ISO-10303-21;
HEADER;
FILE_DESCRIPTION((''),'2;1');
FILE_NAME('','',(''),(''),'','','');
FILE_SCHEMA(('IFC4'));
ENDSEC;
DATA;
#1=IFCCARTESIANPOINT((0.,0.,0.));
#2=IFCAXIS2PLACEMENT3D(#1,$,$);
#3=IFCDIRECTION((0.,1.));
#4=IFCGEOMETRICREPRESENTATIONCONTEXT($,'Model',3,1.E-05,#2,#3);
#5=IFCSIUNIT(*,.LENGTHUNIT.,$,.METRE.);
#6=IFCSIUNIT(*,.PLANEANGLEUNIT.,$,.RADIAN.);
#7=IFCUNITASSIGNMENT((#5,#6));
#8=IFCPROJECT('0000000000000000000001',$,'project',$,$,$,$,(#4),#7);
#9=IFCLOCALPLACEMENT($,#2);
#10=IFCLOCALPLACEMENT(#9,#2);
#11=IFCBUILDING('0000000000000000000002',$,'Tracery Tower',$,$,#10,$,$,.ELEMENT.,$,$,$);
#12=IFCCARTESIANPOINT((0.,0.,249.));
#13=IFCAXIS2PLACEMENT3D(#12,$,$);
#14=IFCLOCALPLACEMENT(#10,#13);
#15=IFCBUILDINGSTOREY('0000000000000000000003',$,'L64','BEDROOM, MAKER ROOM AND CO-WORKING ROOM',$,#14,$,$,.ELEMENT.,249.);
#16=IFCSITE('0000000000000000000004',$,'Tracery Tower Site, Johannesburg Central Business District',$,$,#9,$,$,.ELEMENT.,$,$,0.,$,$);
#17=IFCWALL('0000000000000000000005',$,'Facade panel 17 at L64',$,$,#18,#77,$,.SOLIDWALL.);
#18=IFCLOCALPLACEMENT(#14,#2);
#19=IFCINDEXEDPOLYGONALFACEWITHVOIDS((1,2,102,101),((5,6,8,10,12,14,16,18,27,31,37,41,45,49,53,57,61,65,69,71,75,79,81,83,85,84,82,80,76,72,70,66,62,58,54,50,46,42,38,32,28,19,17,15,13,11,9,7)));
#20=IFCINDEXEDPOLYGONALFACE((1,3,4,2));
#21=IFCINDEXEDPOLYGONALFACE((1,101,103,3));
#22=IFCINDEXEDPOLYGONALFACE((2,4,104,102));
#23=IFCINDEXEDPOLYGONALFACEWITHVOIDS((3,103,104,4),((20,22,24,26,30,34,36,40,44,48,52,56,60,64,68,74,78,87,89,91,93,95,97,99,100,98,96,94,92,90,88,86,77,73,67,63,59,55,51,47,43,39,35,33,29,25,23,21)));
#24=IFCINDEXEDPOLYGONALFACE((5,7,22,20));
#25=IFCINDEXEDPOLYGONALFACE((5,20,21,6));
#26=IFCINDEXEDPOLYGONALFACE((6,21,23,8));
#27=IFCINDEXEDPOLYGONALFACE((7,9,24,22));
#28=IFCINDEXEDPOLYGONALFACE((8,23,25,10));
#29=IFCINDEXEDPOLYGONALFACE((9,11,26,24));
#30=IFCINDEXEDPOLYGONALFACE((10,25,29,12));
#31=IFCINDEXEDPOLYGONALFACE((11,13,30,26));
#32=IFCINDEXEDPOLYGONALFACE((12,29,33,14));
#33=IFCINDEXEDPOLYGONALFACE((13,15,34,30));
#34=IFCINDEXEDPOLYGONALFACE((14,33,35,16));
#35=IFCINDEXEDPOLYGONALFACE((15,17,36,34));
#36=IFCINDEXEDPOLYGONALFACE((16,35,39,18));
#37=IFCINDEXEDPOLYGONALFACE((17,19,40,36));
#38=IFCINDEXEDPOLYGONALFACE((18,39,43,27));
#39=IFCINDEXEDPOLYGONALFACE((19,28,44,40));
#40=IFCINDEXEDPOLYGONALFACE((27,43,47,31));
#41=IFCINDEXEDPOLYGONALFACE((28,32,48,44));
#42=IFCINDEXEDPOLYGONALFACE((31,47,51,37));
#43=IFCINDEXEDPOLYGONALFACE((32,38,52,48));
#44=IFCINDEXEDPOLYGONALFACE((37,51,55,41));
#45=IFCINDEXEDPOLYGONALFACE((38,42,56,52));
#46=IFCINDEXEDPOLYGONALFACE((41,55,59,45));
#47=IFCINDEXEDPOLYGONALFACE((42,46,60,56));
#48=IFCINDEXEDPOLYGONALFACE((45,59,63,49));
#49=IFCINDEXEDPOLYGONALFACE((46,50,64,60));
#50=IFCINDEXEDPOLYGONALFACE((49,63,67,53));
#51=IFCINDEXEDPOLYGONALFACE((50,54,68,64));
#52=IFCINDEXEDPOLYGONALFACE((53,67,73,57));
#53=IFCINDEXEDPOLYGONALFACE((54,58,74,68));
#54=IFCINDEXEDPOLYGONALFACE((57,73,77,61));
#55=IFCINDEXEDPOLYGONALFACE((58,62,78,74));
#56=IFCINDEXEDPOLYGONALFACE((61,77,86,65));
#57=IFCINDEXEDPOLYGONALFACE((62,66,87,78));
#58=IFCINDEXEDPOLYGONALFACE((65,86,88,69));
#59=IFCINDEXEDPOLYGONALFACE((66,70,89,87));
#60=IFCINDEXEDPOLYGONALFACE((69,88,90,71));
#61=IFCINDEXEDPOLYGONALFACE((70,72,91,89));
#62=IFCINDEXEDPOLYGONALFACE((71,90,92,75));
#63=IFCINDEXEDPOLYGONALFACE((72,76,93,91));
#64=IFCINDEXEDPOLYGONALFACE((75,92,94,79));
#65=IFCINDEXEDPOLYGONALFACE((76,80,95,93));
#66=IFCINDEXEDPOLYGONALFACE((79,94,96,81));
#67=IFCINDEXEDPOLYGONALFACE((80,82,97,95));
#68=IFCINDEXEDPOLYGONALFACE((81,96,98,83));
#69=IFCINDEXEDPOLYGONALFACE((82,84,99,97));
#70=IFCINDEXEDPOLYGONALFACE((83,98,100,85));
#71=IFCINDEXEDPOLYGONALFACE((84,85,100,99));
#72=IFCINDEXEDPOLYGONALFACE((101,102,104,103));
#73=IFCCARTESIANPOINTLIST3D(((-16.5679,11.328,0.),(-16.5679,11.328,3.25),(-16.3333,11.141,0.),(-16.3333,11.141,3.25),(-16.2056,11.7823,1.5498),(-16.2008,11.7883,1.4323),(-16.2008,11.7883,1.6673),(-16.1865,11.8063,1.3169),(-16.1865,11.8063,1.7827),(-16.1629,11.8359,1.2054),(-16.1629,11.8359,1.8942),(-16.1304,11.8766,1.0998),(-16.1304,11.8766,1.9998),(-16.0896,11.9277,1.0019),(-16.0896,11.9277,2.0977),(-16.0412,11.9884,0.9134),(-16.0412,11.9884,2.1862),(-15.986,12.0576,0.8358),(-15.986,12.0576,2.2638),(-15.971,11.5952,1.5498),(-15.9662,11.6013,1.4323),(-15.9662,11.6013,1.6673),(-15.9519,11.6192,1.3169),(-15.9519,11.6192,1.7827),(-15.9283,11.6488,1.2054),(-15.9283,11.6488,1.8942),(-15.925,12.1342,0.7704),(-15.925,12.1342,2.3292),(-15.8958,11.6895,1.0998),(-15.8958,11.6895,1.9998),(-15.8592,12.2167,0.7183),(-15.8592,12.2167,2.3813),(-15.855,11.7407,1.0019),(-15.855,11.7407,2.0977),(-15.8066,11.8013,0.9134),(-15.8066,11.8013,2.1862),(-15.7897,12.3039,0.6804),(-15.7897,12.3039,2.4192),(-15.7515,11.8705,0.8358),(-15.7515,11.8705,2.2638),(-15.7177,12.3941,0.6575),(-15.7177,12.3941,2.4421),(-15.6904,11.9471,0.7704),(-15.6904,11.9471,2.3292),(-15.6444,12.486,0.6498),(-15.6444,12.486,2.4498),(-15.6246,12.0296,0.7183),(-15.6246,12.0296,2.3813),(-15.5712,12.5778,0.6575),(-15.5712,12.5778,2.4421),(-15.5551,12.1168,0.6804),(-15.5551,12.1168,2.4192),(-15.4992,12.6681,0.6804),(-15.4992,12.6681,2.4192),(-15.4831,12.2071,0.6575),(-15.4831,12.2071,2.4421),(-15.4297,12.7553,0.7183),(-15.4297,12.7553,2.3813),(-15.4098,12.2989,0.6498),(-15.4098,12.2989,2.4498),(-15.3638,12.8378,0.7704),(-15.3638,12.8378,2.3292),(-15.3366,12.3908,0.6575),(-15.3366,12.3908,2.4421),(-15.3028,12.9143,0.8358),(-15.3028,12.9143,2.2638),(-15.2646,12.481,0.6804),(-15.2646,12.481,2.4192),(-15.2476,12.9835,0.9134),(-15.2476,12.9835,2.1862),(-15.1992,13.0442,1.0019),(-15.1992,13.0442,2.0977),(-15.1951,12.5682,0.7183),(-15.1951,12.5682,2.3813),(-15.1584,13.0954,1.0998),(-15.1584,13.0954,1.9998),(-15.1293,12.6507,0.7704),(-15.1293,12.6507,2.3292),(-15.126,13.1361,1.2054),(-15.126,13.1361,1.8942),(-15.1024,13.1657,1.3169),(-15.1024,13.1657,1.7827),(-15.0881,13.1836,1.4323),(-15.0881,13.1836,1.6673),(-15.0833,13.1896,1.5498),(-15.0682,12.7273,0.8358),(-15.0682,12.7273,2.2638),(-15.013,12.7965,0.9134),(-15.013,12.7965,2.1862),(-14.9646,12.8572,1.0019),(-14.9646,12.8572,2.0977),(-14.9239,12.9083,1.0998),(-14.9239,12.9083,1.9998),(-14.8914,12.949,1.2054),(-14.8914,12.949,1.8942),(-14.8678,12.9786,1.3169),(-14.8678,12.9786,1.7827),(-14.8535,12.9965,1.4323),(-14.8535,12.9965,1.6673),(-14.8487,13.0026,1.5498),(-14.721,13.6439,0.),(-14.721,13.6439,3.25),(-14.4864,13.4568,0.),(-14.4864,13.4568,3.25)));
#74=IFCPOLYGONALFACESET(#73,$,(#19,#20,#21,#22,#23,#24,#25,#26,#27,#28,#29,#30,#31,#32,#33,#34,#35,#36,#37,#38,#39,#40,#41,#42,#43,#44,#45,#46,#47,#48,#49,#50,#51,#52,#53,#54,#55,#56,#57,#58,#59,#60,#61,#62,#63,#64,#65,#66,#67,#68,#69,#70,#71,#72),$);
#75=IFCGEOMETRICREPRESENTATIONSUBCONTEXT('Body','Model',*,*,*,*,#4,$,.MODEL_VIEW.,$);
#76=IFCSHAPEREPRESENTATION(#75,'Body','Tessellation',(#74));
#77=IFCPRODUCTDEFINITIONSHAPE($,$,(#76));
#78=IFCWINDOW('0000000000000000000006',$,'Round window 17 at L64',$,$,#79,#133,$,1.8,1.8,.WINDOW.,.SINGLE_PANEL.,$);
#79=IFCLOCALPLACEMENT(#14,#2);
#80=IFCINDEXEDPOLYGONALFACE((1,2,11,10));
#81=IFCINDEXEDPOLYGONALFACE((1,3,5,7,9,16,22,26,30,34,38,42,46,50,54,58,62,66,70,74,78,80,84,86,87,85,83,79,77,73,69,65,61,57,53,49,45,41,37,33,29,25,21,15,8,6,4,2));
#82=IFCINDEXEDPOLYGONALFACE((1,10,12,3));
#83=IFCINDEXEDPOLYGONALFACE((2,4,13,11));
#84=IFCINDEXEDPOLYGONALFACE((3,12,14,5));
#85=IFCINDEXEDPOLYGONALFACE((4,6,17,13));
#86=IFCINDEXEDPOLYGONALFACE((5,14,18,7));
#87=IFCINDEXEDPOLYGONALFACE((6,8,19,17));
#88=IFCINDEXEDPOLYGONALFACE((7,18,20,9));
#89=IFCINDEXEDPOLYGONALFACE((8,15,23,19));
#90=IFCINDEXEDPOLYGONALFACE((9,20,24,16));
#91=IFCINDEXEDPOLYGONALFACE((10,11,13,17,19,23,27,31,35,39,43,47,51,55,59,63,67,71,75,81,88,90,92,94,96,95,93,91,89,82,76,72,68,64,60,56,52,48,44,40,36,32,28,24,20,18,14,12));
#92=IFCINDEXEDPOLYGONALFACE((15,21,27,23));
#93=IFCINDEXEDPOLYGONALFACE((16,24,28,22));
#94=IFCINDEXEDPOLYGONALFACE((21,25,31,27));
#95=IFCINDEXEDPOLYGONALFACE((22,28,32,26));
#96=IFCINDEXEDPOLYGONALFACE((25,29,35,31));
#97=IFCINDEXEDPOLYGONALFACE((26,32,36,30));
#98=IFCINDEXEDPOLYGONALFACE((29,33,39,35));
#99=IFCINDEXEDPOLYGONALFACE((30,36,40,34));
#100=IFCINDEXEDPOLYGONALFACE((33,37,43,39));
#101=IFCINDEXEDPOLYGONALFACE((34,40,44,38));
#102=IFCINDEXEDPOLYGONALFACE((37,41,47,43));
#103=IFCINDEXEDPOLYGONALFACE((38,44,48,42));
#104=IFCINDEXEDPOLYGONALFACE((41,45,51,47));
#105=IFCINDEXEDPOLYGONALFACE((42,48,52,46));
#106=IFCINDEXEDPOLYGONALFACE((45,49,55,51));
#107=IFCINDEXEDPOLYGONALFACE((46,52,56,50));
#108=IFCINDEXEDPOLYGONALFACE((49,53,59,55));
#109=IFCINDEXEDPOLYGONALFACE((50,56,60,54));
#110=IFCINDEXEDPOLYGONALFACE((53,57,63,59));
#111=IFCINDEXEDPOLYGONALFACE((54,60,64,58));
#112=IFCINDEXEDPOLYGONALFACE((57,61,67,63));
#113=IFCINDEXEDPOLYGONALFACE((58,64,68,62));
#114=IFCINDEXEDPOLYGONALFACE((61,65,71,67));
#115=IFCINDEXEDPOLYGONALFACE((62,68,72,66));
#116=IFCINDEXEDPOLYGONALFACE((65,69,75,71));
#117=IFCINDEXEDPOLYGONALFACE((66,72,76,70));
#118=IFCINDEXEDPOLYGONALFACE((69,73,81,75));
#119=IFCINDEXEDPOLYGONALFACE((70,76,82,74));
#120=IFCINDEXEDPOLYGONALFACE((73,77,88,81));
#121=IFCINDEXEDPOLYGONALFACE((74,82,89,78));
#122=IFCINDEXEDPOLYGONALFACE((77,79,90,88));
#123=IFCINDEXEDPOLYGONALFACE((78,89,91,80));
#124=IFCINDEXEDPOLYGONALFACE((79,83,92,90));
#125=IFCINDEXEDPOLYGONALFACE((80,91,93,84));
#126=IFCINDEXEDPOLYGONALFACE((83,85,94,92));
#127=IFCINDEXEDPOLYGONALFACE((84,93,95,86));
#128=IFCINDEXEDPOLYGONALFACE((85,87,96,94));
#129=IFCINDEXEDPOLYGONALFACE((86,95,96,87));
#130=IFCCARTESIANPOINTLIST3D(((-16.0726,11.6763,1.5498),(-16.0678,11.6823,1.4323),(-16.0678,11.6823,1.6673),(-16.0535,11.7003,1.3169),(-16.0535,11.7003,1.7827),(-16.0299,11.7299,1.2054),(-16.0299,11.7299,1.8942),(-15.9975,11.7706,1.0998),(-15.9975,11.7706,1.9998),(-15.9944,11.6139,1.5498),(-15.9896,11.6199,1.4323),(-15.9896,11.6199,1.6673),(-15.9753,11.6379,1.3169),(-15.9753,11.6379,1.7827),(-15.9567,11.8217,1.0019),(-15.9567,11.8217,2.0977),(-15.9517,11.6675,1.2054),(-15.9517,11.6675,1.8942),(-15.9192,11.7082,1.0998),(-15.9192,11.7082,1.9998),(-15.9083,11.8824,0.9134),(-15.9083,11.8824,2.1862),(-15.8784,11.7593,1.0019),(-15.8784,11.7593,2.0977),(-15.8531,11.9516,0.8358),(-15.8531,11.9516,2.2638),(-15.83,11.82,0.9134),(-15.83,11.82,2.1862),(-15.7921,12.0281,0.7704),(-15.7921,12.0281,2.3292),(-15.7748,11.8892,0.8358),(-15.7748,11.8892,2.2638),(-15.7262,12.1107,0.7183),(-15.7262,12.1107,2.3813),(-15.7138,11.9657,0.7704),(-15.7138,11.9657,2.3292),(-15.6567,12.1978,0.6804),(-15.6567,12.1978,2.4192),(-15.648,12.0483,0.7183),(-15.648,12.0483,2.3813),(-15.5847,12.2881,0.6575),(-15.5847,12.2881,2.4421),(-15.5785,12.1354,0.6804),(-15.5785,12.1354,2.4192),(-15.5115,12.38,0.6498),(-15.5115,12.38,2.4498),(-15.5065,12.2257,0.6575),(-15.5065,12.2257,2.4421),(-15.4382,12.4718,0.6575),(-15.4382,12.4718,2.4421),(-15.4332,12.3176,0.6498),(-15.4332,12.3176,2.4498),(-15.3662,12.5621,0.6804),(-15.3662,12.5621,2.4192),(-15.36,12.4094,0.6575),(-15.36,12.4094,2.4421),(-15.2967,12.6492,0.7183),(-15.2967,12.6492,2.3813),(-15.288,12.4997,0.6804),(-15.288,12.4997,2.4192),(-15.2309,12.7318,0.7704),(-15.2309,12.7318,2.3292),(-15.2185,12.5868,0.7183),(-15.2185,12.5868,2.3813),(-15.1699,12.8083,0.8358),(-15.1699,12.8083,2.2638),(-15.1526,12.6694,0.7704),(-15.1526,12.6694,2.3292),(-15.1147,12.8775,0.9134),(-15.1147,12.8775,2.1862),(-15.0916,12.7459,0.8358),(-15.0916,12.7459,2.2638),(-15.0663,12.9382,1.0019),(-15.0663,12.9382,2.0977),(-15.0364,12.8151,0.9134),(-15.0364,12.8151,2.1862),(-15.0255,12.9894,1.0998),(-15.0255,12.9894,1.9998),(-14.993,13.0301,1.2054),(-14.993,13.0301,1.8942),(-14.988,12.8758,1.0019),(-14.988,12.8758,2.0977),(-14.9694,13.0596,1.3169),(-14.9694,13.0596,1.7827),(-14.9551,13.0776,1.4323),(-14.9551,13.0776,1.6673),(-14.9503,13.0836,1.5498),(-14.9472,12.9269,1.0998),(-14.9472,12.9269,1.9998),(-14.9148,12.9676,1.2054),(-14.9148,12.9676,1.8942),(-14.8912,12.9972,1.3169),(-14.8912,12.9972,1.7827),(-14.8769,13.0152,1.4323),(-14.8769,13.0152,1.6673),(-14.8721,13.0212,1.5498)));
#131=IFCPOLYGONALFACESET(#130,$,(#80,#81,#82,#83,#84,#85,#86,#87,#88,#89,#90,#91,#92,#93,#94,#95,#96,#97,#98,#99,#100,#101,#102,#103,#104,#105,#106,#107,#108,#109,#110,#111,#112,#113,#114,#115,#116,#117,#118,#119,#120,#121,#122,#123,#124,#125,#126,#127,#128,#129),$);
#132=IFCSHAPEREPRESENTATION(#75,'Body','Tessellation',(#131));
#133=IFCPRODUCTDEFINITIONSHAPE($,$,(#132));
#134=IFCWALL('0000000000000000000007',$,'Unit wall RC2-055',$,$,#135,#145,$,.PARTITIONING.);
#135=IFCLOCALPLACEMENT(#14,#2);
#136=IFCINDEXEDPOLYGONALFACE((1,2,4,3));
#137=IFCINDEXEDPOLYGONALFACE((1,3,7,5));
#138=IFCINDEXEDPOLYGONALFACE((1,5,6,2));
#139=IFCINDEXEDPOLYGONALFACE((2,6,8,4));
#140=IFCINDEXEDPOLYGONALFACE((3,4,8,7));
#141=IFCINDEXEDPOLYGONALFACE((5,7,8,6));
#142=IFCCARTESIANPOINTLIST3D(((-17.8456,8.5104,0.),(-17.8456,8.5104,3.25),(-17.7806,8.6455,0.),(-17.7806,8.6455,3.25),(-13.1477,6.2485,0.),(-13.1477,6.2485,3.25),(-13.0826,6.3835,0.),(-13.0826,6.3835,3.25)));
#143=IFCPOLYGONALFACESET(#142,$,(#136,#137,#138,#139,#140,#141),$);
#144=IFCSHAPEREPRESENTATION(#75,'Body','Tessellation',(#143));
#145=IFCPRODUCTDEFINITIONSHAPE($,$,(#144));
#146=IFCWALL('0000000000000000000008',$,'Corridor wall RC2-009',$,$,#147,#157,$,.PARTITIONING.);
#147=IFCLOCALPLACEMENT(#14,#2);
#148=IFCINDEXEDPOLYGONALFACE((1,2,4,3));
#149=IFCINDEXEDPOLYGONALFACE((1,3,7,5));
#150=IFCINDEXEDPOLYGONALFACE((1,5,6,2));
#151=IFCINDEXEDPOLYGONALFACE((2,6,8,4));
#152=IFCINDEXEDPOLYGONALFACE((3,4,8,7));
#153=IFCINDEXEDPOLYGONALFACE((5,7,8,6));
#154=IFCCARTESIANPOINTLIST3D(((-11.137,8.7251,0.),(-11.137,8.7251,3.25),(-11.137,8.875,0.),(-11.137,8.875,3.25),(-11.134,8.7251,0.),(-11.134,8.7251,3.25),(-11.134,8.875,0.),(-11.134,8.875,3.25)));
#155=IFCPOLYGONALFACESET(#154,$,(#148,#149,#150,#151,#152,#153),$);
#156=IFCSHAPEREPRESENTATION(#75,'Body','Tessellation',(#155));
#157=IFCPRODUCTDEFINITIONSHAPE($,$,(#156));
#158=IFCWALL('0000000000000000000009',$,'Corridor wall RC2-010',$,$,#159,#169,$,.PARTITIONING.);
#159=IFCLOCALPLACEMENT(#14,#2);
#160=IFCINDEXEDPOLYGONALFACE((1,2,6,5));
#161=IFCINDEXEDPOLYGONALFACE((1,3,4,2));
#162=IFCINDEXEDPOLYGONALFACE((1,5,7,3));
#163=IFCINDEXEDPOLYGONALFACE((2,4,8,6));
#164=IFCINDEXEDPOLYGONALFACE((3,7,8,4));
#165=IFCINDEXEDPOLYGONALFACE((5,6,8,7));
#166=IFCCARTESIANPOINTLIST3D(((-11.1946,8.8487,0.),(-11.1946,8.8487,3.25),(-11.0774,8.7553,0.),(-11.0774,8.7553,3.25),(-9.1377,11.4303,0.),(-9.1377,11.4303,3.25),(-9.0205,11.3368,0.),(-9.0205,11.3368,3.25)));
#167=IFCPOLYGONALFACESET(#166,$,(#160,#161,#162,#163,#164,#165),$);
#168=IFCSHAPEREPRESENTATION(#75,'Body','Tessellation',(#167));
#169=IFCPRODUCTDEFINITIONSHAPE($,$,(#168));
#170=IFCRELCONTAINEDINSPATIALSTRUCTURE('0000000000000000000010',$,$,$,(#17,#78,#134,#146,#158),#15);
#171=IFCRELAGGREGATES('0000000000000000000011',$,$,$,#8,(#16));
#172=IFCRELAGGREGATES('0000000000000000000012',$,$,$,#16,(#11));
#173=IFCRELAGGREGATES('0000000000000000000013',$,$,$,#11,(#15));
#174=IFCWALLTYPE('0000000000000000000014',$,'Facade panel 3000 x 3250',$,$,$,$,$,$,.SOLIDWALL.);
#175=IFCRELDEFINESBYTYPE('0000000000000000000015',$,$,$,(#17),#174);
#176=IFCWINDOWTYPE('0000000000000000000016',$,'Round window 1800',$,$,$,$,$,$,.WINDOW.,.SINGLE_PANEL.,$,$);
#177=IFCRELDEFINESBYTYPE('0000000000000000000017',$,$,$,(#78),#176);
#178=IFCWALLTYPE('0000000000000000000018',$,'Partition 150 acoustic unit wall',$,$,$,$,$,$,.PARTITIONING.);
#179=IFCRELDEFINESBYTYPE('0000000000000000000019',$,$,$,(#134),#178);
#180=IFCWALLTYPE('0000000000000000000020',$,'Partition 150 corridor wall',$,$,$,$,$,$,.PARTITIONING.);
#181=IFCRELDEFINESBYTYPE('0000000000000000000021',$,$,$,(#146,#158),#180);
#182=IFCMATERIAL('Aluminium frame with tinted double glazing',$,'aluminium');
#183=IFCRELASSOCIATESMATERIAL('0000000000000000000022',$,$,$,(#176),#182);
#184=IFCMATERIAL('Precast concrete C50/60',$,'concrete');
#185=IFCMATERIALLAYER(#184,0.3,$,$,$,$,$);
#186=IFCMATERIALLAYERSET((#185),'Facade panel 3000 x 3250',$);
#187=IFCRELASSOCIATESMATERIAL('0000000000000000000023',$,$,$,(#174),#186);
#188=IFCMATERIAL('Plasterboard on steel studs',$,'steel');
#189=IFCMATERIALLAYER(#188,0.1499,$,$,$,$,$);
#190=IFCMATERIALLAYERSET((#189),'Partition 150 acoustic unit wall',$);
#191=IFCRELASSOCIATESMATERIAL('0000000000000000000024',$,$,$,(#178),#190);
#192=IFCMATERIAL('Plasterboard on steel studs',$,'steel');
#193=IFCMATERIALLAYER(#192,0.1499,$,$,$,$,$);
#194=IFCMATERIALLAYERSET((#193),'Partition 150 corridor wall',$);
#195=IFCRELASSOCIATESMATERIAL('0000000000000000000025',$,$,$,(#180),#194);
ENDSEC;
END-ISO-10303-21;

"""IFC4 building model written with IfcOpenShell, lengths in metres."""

from ifc_helpers import new_model, si_unit, direction, frame, frame_2d, origin, origin_2d, place, context, subcontext, project, spatial, rectangle, circle, extrude, material, layer, layer_set, type_object, element, fill, save


model = new_model("IFC4")

# Units and contexts
model_context = context("Model", 3, precision=1e-05, world=origin(), true_north=direction((0.0, 1.0)))
body_context = subcontext(model_context, "Body", "Model", "MODEL_VIEW")
ifc_project = project(units=[si_unit("LENGTHUNIT", "METRE"), si_unit("PLANEANGLEUNIT", "RADIAN")], contexts=[model_context])

# Site, building, storey
site_placement = place(None, origin())
site = spatial("IfcSite", under=ifc_project, at=site_placement, Name="Tracery Tower Site, Johannesburg Central Business District", CompositionType="ELEMENT", RefElevation=0.0)
building_placement = place(site_placement, origin())
building = spatial("IfcBuilding", under=site, at=building_placement, Name="Tracery Tower", CompositionType="ELEMENT")
storey_placement = place(building_placement, frame((0.0, 0.0, 249.0)))
storey = spatial("IfcBuildingStorey", under=building, at=storey_placement, Name="L64", Description="BEDROOM, MAKER ROOM AND CO-WORKING ROOM", CompositionType="ELEMENT", Elevation=249.0)

# Wall, opening, window
ifc_material_1 = material(Name="Aluminium frame with tinted double glazing", Category="aluminium")
window_type = type_object("IfcWindowType", Name="Round window 1800", PartitioningType="SINGLE_PANEL", PredefinedType="WINDOW", material=ifc_material_1)
ifc_material_2 = material(Name="Precast concrete C50/60", Category="concrete")
ifc_layer_1 = layer(ifc_material_2, 0.3)
ifc_layer_set_1 = layer_set([ifc_layer_1], Name="Facade panel 3000 x 3250")
wall_type_1 = type_object("IfcWallType", Name="Facade panel 3000 x 3250", PredefinedType="SOLIDWALL", material=ifc_layer_set_1)
wall_1_placement = place(storey_placement, frame((-14.6038, 13.5503, 0.0), z_axis=(0.0, 0.0, 1.0), x_axis=(-0.623498, -0.781825, 0.0)))
wall_1 = element("IfcWall", 1, at=wall_1_placement, inside=storey, type_object=wall_type_1, Name="Facade panel 17 at L64", PredefinedType="SOLIDWALL", context=body_context, shape_type="SweptSolid", body=[
    extrude(rectangle(XDim=2.9622, YDim=0.3, at=frame_2d((1.481, 0.0))), origin(), (0.0, 0.0, 1.0), 3.25),
])
opening_1_placement = place(wall_1_placement, frame((1.481, 0.0, 1.5498)))
opening_1 = element("IfcOpeningElement", 2, at=opening_1_placement, cuts=wall_1, PredefinedType="OPENING", context=body_context, shape_type="SweptSolid", body=[
    extrude(circle(Radius=0.9, at=origin_2d()), frame((0.0, 0.1599, 0.0), z_axis=(0.0, -1.0, 0.0), x_axis=(1.0, 0.0, 0.0)), (0.0, 0.0, 1.0), 0.3201),
])
window_1_placement = place(opening_1_placement, origin())
window_1 = element("IfcWindow", 3, at=window_1_placement, inside=storey, type_object=window_type, Name="Round window 17 at L64", OverallHeight=1.8, OverallWidth=1.8, PartitioningType="SINGLE_PANEL", PredefinedType="WINDOW", context=body_context, shape_type="SweptSolid", body=[
    extrude(circle(Radius=0.9, at=origin_2d()), frame((0.0, 0.1201, 0.0), z_axis=(0.0, -1.0, 0.0), x_axis=(1.0, 0.0, 0.0)), (0.0, 0.0, 1.0), 0.1001),
])
fill(opening_1, window_1)

# Walls
ifc_material_3 = material(Name="Plasterboard on steel studs", Category="steel")
ifc_layer_2 = layer(ifc_material_3, 0.1499)
ifc_layer_set_2 = layer_set([ifc_layer_2], Name="Partition 150 acoustic unit wall")
wall_type_2 = type_object("IfcWallType", Name="Partition 150 acoustic unit wall", PredefinedType="PARTITIONING", material=ifc_layer_set_2)
wall_2_placement = place(storey_placement, frame((-17.813, 8.5779, 0.0), z_axis=(0.0, 0.0, 1.0), x_axis=(0.901004, -0.43381, 0.0)))
element("IfcWall", 4, at=wall_2_placement, inside=storey, type_object=wall_type_2, Name="Unit wall RC2-055", PredefinedType="PARTITIONING", context=body_context, shape_type="SweptSolid", body=[
    extrude(rectangle(XDim=5.2141, YDim=0.1499, at=frame_2d((2.6069, 0.0))), origin(), (0.0, 0.0, 1.0), 3.25),
])
ifc_material_4 = material(Name="Plasterboard on steel studs", Category="steel")
ifc_layer_3 = layer(ifc_material_4, 0.1499)
ifc_layer_set_3 = layer_set([ifc_layer_3], Name="Partition 150 corridor wall")
wall_type_3 = type_object("IfcWallType", Name="Partition 150 corridor wall", PredefinedType="PARTITIONING", material=ifc_layer_set_3)
wall_3_placement = place(storey_placement, frame((-11.134, 8.8, 0.0), z_axis=(0.0, 0.0, 1.0), x_axis=(-1.0, 0.0, 0.0)))
element("IfcWall", 5, at=wall_3_placement, inside=storey, type_object=wall_type_3, Name="Corridor wall RC2-009", PredefinedType="PARTITIONING", context=body_context, shape_type="SweptSolid", body=[
    extrude(rectangle(XDim=0.0029, YDim=0.1499, at=frame_2d((0.0015, 0.0))), origin(), (0.0, 0.0, 1.0), 3.25),
])
wall_4_placement = place(storey_placement, frame((-11.136, 8.802, 0.0), z_axis=(0.0, 0.0, 1.0), x_axis=(0.623151, 0.782101, 0.0)))
element("IfcWall", 6, at=wall_4_placement, inside=storey, type_object=wall_type_3, Name="Corridor wall RC2-010", PredefinedType="PARTITIONING", context=body_context, shape_type="SweptSolid", body=[
    extrude(rectangle(XDim=3.3008, YDim=0.1499, at=frame_2d((1.6504, 0.0))), origin(), (0.0, 0.0, 1.0), 3.25),
])

save(model, "model.ifc")
